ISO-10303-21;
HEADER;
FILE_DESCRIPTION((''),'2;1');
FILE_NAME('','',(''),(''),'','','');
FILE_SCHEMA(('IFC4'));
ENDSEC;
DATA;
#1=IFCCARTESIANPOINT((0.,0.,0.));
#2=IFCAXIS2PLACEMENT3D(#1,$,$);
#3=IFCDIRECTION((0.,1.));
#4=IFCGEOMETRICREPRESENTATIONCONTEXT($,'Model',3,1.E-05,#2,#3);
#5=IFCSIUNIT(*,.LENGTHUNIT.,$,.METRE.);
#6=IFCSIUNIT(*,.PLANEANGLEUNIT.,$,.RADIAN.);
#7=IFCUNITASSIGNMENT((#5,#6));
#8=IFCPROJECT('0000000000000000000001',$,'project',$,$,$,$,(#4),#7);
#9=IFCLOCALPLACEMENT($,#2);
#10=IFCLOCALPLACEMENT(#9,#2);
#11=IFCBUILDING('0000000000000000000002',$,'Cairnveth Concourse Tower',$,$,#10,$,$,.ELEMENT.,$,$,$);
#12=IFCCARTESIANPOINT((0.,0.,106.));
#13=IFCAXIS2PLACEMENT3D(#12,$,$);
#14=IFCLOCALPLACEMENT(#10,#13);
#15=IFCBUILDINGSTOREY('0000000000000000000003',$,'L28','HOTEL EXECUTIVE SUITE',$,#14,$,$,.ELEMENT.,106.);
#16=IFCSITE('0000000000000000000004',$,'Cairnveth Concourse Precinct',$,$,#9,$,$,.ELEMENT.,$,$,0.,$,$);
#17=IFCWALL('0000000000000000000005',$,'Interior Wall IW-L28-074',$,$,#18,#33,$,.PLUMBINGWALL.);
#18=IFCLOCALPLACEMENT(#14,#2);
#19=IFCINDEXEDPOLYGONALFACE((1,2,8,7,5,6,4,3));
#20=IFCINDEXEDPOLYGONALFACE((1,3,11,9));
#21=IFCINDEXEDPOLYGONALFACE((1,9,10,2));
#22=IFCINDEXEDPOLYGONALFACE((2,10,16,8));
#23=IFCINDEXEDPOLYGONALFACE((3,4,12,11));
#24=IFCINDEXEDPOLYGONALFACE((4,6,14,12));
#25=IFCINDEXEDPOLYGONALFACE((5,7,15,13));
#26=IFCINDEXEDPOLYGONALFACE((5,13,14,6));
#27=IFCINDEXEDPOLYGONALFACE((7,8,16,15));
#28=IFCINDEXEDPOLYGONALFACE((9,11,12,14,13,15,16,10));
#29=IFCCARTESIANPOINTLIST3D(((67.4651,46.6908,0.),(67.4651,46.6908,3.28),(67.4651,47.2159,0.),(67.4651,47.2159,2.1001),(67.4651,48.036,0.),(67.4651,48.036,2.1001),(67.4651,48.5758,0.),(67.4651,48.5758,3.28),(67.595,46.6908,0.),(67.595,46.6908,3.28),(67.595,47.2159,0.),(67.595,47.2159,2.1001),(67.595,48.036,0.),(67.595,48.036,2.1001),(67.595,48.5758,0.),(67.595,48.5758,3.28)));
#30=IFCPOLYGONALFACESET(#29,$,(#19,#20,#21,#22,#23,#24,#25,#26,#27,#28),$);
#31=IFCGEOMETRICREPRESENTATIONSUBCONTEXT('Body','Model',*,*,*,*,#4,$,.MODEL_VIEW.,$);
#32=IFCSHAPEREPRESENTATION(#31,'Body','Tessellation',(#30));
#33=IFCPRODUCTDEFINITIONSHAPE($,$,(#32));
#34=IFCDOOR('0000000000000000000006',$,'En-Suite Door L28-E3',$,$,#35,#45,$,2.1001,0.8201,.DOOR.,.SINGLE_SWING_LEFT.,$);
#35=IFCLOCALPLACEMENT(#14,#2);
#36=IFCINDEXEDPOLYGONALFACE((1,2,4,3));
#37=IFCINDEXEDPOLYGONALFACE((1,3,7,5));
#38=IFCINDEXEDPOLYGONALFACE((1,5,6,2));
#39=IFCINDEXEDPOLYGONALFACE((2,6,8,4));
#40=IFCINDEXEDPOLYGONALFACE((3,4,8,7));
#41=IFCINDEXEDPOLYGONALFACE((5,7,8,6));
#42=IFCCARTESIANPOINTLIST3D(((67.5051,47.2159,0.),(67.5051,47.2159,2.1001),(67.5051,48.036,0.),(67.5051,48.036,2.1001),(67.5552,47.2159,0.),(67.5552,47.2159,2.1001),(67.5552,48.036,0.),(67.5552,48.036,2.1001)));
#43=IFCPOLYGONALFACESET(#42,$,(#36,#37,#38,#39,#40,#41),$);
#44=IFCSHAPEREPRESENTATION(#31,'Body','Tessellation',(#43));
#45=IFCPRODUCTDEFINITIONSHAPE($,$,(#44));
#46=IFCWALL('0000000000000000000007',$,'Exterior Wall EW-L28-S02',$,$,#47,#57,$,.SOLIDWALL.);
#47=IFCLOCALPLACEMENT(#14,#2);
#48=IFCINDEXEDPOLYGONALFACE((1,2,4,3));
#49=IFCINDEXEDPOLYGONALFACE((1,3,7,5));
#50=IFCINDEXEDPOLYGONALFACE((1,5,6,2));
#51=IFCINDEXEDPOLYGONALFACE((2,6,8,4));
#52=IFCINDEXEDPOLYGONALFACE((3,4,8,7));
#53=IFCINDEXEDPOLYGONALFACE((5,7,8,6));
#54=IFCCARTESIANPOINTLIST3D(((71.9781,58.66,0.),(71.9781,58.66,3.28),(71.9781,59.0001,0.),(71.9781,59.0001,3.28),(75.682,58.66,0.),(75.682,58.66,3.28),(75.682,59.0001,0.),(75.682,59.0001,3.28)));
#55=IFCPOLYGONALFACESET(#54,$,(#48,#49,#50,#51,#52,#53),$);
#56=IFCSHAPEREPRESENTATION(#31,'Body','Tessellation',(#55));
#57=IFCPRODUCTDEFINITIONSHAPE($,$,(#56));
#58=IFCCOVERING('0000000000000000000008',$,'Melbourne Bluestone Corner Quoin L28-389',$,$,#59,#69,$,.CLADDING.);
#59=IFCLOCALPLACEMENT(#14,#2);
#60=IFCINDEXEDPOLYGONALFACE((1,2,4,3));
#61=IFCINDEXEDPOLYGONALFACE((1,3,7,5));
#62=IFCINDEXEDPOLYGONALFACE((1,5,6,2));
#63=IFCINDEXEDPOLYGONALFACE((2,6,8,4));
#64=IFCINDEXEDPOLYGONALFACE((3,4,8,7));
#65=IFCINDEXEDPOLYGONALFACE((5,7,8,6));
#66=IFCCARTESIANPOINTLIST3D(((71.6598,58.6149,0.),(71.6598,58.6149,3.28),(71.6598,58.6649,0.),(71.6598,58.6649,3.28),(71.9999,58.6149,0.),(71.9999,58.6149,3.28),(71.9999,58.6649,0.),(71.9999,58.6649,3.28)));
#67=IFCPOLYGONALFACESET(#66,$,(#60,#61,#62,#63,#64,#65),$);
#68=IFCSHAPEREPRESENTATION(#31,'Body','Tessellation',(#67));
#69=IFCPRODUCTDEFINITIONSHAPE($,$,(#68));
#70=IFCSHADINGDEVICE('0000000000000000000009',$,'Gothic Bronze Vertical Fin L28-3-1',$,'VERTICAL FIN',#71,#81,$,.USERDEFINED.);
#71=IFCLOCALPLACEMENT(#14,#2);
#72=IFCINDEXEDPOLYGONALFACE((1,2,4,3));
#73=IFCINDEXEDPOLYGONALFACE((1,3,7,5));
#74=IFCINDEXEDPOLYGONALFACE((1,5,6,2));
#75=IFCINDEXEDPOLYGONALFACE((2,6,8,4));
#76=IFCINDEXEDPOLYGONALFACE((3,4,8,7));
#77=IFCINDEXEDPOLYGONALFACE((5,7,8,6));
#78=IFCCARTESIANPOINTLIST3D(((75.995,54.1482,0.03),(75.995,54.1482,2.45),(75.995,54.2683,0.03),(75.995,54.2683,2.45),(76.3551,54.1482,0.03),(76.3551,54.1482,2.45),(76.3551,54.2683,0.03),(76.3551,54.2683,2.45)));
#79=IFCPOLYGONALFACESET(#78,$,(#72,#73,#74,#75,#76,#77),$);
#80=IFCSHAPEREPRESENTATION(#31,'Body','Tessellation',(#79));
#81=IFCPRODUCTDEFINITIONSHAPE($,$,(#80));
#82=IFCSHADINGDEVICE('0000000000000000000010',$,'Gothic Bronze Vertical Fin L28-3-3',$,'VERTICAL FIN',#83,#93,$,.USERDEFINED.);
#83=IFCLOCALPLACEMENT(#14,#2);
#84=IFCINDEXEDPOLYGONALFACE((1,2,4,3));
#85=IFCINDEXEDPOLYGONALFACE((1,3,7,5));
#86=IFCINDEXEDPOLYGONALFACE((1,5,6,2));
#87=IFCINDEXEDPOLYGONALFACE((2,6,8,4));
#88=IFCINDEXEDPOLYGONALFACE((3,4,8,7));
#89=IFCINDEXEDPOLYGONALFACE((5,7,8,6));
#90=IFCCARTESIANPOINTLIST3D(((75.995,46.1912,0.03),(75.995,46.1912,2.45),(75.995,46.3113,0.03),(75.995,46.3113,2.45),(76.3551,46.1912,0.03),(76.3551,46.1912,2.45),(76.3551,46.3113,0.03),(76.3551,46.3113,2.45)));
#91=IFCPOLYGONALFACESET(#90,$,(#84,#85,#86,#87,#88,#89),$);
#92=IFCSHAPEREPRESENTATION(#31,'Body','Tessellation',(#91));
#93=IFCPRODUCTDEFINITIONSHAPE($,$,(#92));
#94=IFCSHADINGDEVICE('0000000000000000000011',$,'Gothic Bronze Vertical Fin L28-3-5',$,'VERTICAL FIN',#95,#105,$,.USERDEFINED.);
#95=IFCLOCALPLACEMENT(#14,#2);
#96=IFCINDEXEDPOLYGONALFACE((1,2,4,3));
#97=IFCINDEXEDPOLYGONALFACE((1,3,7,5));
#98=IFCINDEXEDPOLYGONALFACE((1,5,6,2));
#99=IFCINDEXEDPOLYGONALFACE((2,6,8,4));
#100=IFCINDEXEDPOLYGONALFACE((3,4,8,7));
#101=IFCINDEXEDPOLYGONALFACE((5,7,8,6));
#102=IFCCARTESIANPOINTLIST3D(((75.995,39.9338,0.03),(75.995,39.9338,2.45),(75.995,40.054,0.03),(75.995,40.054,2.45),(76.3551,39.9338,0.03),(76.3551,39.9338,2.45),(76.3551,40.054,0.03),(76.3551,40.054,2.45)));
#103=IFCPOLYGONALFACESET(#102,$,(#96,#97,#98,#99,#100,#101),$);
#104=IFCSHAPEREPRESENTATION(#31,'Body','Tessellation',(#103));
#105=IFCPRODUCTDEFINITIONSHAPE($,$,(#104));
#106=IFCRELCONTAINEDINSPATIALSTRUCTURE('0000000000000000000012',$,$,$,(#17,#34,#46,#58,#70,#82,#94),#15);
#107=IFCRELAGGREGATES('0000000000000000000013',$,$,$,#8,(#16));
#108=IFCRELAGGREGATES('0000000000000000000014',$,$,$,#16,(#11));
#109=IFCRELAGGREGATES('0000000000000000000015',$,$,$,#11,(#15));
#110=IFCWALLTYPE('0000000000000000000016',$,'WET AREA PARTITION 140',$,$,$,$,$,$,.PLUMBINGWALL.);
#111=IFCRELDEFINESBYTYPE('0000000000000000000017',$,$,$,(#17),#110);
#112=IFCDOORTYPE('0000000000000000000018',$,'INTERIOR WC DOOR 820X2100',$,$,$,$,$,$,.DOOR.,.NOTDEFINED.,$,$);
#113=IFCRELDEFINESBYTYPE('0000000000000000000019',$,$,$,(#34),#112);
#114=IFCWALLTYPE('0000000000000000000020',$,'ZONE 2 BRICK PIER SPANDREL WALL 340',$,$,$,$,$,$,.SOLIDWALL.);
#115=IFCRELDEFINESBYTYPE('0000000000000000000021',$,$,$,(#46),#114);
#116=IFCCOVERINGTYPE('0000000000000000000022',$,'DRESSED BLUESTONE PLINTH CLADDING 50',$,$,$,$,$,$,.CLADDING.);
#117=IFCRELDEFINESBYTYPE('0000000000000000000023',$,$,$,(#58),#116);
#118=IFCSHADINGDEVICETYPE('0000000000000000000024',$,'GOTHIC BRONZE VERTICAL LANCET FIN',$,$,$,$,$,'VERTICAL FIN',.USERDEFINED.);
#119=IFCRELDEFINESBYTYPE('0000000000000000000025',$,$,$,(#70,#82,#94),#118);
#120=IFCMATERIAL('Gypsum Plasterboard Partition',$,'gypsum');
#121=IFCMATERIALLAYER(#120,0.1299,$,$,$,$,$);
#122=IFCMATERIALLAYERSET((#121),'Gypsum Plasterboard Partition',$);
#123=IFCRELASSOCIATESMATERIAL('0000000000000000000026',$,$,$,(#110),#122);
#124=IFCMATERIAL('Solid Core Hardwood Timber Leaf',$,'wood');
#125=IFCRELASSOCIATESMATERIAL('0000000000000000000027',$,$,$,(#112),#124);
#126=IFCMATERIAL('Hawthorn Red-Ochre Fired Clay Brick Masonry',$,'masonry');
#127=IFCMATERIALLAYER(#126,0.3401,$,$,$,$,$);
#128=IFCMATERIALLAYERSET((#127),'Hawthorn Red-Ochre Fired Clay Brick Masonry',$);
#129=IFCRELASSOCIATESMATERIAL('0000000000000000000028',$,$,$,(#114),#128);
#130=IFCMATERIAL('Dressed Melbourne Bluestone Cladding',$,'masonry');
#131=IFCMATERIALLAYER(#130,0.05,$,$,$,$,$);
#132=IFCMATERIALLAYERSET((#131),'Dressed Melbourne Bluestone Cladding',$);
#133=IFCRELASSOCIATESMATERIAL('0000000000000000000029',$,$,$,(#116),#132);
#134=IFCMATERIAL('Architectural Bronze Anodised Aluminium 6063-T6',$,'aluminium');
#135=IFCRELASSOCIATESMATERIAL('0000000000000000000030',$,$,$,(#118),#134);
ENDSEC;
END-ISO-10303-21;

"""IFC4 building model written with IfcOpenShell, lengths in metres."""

from ifc_helpers import new_model, si_unit, direction, frame, frame_2d, origin, origin_2d, place, context, subcontext, project, spatial, rectangle, extrude, material, layer, layer_set, type_object, element, fill, save


model = new_model("IFC4")

# Units and contexts
model_context = context("Model", 3, precision=1e-05, world=origin(), true_north=direction((0.0, 1.0)))
body_context = subcontext(model_context, "Body", "Model", "MODEL_VIEW")
ifc_project = project(units=[si_unit("LENGTHUNIT", "METRE"), si_unit("PLANEANGLEUNIT", "RADIAN")], contexts=[model_context])

# Site, building, storey
site_placement = place(None, origin())
site = spatial("IfcSite", under=ifc_project, at=site_placement, Name="Cairnveth Concourse Precinct", CompositionType="ELEMENT", RefElevation=0.0)
building_placement = place(site_placement, origin())
building = spatial("IfcBuilding", under=site, at=building_placement, Name="Cairnveth Concourse Tower", CompositionType="ELEMENT")
storey_placement = place(building_placement, frame((0.0, 0.0, 106.0)))
storey = spatial("IfcBuildingStorey", under=building, at=storey_placement, Name="L28", Description="HOTEL EXECUTIVE SUITE", CompositionType="ELEMENT", Elevation=106.0)

# Shared definitions
ifc_material_1 = material(Name="Gypsum Plasterboard Partition", Category="gypsum")
ifc_material_2 = material(Name="Solid Core Hardwood Timber Leaf", Category="wood")

# Shared definitions
ifc_layer_1 = layer(ifc_material_1, 0.1299)
ifc_layer_set_1 = layer_set([ifc_layer_1], Name="Gypsum Plasterboard Partition")
wall_type_1 = type_object("IfcWallType", Name="WET AREA PARTITION 140", PredefinedType="PLUMBINGWALL", material=ifc_layer_set_1)

# Wall, opening, door
wall_1_placement = place(storey_placement, frame((67.53, 46.6909, 0.0), z_axis=(0.0, 0.0, 1.0), x_axis=(0.0, 1.0, 0.0)))
wall_1 = element("IfcWall", 1, at=wall_1_placement, inside=storey, type_object=wall_type_1, Name="Interior Wall IW-L28-074", PredefinedType="PLUMBINGWALL", context=body_context, shape_type="SweptSolid", body=[
    extrude(rectangle(XDim=1.885, YDim=0.1299, at=frame_2d((0.9424, 0.0))), origin(), (0.0, 0.0, 1.0), 3.28),
])
opening_1_placement = place(wall_1_placement, frame((0.5249, 0.0, 0.0)))
opening_1 = element("IfcOpeningElement", 2, at=opening_1_placement, cuts=wall_1, PredefinedType="OPENING", context=body_context, shape_type="SweptSolid", body=[
    extrude(rectangle(XDim=0.8201, YDim=2.1001, at=frame_2d((0.4102, 1.05))), frame((0.0, 0.075, 0.0), z_axis=(0.0, -1.0, 0.0), x_axis=(1.0, 0.0, 0.0)), (0.0, 0.0, 1.0), 0.1499),
])
door_type_1 = type_object("IfcDoorType", Name="INTERIOR WC DOOR 820X2100", OperationType="NOTDEFINED", PredefinedType="DOOR", material=ifc_material_2)
door_1_placement = place(opening_1_placement, origin())
door_1 = element("IfcDoor", 3, at=door_1_placement, inside=storey, type_object=door_type_1, Name="En-Suite Door L28-E3", OperationType="SINGLE_SWING_LEFT", OverallHeight=2.1001, OverallWidth=0.8201, PredefinedType="DOOR", context=body_context, shape_type="SweptSolid", body=[
    extrude(rectangle(XDim=0.8201, YDim=2.1001, at=frame_2d((0.4102, 1.05))), frame((0.0, 0.0249, 0.0), z_axis=(0.0, -1.0, 0.0), x_axis=(1.0, 0.0, 0.0)), (0.0, 0.0, 1.0), 0.05),
])
fill(opening_1, door_1)

# Wall
ifc_material_3 = material(Name="Hawthorn Red-Ochre Fired Clay Brick Masonry", Category="masonry")
ifc_layer_2 = layer(ifc_material_3, 0.3401)
ifc_layer_set_2 = layer_set([ifc_layer_2], Name="Hawthorn Red-Ochre Fired Clay Brick Masonry")
wall_type_2 = type_object("IfcWallType", Name="ZONE 2 BRICK PIER SPANDREL WALL 340", PredefinedType="SOLIDWALL", material=ifc_layer_set_2)
wall_2_placement = place(storey_placement, frame((71.978, 58.8301, 0.0), z_axis=(0.0, 0.0, 1.0), x_axis=(1.0, 0.0, 0.0)))
element("IfcWall", 4, at=wall_2_placement, inside=storey, type_object=wall_type_2, Name="Exterior Wall EW-L28-S02", PredefinedType="SOLIDWALL", context=body_context, shape_type="SweptSolid", body=[
    extrude(rectangle(XDim=3.7039, YDim=0.3401, at=frame_2d((1.8521, 0.0))), origin(), (0.0, 0.0, 1.0), 3.28),
])

# Covering
ifc_material_4 = material(Name="Dressed Melbourne Bluestone Cladding", Category="masonry")
ifc_layer_3 = layer(ifc_material_4, 0.05)
ifc_layer_set_3 = layer_set([ifc_layer_3], Name="Dressed Melbourne Bluestone Cladding")
covering_type = type_object("IfcCoveringType", Name="DRESSED BLUESTONE PLINTH CLADDING 50", PredefinedType="CLADDING", material=ifc_layer_set_3)
covering_placement = place(storey_placement, frame((71.6599, 58.6399, 0.0), z_axis=(0.0, 0.0, 1.0), x_axis=(1.0, 0.0, 0.0)))
element("IfcCovering", 5, at=covering_placement, inside=storey, type_object=covering_type, Name="Melbourne Bluestone Corner Quoin L28-389", PredefinedType="CLADDING", context=body_context, shape_type="SweptSolid", body=[
    extrude(rectangle(XDim=0.3401, YDim=0.05, at=frame_2d((0.1699, 0.0))), origin(), (0.0, 0.0, 1.0), 3.28),
])

# Shading devices
ifc_material_5 = material(Name="Architectural Bronze Anodised Aluminium 6063-T6", Category="aluminium")
shading_device_type = type_object("IfcShadingDeviceType", Name="GOTHIC BRONZE VERTICAL LANCET FIN", ElementType="VERTICAL FIN", PredefinedType="USERDEFINED", material=ifc_material_5)
for number, where, z_axis, x_axis, name in (
    (6, (76.175, 54.2083, 0.03), (0.0, 0.0, 1.0), (0.0, 1.0, 0.0), "Gothic Bronze Vertical Fin L28-3-1"),
    (7, (76.175, 46.2512, 0.03), (0.0, 0.0, 1.0), (0.0, 1.0, 0.0), "Gothic Bronze Vertical Fin L28-3-3"),
    (8, (76.175, 39.9939, 0.03), (0.0, 0.0, 1.0), (0.0, 1.0, 0.0), "Gothic Bronze Vertical Fin L28-3-5"),
):
    element("IfcShadingDevice", number, at=place(storey_placement, frame(where, z_axis=z_axis, x_axis=x_axis)), inside=storey, type_object=shading_device_type, Name=name, ObjectType="VERTICAL FIN", PredefinedType="USERDEFINED", context=body_context, shape_type="SweptSolid", body=[
        extrude(rectangle(XDim=0.1201, YDim=0.3601, at=origin_2d()), origin(), (0.0, 0.0, 1.0), 2.4199),
    ])

save(model, "model.ifc")
